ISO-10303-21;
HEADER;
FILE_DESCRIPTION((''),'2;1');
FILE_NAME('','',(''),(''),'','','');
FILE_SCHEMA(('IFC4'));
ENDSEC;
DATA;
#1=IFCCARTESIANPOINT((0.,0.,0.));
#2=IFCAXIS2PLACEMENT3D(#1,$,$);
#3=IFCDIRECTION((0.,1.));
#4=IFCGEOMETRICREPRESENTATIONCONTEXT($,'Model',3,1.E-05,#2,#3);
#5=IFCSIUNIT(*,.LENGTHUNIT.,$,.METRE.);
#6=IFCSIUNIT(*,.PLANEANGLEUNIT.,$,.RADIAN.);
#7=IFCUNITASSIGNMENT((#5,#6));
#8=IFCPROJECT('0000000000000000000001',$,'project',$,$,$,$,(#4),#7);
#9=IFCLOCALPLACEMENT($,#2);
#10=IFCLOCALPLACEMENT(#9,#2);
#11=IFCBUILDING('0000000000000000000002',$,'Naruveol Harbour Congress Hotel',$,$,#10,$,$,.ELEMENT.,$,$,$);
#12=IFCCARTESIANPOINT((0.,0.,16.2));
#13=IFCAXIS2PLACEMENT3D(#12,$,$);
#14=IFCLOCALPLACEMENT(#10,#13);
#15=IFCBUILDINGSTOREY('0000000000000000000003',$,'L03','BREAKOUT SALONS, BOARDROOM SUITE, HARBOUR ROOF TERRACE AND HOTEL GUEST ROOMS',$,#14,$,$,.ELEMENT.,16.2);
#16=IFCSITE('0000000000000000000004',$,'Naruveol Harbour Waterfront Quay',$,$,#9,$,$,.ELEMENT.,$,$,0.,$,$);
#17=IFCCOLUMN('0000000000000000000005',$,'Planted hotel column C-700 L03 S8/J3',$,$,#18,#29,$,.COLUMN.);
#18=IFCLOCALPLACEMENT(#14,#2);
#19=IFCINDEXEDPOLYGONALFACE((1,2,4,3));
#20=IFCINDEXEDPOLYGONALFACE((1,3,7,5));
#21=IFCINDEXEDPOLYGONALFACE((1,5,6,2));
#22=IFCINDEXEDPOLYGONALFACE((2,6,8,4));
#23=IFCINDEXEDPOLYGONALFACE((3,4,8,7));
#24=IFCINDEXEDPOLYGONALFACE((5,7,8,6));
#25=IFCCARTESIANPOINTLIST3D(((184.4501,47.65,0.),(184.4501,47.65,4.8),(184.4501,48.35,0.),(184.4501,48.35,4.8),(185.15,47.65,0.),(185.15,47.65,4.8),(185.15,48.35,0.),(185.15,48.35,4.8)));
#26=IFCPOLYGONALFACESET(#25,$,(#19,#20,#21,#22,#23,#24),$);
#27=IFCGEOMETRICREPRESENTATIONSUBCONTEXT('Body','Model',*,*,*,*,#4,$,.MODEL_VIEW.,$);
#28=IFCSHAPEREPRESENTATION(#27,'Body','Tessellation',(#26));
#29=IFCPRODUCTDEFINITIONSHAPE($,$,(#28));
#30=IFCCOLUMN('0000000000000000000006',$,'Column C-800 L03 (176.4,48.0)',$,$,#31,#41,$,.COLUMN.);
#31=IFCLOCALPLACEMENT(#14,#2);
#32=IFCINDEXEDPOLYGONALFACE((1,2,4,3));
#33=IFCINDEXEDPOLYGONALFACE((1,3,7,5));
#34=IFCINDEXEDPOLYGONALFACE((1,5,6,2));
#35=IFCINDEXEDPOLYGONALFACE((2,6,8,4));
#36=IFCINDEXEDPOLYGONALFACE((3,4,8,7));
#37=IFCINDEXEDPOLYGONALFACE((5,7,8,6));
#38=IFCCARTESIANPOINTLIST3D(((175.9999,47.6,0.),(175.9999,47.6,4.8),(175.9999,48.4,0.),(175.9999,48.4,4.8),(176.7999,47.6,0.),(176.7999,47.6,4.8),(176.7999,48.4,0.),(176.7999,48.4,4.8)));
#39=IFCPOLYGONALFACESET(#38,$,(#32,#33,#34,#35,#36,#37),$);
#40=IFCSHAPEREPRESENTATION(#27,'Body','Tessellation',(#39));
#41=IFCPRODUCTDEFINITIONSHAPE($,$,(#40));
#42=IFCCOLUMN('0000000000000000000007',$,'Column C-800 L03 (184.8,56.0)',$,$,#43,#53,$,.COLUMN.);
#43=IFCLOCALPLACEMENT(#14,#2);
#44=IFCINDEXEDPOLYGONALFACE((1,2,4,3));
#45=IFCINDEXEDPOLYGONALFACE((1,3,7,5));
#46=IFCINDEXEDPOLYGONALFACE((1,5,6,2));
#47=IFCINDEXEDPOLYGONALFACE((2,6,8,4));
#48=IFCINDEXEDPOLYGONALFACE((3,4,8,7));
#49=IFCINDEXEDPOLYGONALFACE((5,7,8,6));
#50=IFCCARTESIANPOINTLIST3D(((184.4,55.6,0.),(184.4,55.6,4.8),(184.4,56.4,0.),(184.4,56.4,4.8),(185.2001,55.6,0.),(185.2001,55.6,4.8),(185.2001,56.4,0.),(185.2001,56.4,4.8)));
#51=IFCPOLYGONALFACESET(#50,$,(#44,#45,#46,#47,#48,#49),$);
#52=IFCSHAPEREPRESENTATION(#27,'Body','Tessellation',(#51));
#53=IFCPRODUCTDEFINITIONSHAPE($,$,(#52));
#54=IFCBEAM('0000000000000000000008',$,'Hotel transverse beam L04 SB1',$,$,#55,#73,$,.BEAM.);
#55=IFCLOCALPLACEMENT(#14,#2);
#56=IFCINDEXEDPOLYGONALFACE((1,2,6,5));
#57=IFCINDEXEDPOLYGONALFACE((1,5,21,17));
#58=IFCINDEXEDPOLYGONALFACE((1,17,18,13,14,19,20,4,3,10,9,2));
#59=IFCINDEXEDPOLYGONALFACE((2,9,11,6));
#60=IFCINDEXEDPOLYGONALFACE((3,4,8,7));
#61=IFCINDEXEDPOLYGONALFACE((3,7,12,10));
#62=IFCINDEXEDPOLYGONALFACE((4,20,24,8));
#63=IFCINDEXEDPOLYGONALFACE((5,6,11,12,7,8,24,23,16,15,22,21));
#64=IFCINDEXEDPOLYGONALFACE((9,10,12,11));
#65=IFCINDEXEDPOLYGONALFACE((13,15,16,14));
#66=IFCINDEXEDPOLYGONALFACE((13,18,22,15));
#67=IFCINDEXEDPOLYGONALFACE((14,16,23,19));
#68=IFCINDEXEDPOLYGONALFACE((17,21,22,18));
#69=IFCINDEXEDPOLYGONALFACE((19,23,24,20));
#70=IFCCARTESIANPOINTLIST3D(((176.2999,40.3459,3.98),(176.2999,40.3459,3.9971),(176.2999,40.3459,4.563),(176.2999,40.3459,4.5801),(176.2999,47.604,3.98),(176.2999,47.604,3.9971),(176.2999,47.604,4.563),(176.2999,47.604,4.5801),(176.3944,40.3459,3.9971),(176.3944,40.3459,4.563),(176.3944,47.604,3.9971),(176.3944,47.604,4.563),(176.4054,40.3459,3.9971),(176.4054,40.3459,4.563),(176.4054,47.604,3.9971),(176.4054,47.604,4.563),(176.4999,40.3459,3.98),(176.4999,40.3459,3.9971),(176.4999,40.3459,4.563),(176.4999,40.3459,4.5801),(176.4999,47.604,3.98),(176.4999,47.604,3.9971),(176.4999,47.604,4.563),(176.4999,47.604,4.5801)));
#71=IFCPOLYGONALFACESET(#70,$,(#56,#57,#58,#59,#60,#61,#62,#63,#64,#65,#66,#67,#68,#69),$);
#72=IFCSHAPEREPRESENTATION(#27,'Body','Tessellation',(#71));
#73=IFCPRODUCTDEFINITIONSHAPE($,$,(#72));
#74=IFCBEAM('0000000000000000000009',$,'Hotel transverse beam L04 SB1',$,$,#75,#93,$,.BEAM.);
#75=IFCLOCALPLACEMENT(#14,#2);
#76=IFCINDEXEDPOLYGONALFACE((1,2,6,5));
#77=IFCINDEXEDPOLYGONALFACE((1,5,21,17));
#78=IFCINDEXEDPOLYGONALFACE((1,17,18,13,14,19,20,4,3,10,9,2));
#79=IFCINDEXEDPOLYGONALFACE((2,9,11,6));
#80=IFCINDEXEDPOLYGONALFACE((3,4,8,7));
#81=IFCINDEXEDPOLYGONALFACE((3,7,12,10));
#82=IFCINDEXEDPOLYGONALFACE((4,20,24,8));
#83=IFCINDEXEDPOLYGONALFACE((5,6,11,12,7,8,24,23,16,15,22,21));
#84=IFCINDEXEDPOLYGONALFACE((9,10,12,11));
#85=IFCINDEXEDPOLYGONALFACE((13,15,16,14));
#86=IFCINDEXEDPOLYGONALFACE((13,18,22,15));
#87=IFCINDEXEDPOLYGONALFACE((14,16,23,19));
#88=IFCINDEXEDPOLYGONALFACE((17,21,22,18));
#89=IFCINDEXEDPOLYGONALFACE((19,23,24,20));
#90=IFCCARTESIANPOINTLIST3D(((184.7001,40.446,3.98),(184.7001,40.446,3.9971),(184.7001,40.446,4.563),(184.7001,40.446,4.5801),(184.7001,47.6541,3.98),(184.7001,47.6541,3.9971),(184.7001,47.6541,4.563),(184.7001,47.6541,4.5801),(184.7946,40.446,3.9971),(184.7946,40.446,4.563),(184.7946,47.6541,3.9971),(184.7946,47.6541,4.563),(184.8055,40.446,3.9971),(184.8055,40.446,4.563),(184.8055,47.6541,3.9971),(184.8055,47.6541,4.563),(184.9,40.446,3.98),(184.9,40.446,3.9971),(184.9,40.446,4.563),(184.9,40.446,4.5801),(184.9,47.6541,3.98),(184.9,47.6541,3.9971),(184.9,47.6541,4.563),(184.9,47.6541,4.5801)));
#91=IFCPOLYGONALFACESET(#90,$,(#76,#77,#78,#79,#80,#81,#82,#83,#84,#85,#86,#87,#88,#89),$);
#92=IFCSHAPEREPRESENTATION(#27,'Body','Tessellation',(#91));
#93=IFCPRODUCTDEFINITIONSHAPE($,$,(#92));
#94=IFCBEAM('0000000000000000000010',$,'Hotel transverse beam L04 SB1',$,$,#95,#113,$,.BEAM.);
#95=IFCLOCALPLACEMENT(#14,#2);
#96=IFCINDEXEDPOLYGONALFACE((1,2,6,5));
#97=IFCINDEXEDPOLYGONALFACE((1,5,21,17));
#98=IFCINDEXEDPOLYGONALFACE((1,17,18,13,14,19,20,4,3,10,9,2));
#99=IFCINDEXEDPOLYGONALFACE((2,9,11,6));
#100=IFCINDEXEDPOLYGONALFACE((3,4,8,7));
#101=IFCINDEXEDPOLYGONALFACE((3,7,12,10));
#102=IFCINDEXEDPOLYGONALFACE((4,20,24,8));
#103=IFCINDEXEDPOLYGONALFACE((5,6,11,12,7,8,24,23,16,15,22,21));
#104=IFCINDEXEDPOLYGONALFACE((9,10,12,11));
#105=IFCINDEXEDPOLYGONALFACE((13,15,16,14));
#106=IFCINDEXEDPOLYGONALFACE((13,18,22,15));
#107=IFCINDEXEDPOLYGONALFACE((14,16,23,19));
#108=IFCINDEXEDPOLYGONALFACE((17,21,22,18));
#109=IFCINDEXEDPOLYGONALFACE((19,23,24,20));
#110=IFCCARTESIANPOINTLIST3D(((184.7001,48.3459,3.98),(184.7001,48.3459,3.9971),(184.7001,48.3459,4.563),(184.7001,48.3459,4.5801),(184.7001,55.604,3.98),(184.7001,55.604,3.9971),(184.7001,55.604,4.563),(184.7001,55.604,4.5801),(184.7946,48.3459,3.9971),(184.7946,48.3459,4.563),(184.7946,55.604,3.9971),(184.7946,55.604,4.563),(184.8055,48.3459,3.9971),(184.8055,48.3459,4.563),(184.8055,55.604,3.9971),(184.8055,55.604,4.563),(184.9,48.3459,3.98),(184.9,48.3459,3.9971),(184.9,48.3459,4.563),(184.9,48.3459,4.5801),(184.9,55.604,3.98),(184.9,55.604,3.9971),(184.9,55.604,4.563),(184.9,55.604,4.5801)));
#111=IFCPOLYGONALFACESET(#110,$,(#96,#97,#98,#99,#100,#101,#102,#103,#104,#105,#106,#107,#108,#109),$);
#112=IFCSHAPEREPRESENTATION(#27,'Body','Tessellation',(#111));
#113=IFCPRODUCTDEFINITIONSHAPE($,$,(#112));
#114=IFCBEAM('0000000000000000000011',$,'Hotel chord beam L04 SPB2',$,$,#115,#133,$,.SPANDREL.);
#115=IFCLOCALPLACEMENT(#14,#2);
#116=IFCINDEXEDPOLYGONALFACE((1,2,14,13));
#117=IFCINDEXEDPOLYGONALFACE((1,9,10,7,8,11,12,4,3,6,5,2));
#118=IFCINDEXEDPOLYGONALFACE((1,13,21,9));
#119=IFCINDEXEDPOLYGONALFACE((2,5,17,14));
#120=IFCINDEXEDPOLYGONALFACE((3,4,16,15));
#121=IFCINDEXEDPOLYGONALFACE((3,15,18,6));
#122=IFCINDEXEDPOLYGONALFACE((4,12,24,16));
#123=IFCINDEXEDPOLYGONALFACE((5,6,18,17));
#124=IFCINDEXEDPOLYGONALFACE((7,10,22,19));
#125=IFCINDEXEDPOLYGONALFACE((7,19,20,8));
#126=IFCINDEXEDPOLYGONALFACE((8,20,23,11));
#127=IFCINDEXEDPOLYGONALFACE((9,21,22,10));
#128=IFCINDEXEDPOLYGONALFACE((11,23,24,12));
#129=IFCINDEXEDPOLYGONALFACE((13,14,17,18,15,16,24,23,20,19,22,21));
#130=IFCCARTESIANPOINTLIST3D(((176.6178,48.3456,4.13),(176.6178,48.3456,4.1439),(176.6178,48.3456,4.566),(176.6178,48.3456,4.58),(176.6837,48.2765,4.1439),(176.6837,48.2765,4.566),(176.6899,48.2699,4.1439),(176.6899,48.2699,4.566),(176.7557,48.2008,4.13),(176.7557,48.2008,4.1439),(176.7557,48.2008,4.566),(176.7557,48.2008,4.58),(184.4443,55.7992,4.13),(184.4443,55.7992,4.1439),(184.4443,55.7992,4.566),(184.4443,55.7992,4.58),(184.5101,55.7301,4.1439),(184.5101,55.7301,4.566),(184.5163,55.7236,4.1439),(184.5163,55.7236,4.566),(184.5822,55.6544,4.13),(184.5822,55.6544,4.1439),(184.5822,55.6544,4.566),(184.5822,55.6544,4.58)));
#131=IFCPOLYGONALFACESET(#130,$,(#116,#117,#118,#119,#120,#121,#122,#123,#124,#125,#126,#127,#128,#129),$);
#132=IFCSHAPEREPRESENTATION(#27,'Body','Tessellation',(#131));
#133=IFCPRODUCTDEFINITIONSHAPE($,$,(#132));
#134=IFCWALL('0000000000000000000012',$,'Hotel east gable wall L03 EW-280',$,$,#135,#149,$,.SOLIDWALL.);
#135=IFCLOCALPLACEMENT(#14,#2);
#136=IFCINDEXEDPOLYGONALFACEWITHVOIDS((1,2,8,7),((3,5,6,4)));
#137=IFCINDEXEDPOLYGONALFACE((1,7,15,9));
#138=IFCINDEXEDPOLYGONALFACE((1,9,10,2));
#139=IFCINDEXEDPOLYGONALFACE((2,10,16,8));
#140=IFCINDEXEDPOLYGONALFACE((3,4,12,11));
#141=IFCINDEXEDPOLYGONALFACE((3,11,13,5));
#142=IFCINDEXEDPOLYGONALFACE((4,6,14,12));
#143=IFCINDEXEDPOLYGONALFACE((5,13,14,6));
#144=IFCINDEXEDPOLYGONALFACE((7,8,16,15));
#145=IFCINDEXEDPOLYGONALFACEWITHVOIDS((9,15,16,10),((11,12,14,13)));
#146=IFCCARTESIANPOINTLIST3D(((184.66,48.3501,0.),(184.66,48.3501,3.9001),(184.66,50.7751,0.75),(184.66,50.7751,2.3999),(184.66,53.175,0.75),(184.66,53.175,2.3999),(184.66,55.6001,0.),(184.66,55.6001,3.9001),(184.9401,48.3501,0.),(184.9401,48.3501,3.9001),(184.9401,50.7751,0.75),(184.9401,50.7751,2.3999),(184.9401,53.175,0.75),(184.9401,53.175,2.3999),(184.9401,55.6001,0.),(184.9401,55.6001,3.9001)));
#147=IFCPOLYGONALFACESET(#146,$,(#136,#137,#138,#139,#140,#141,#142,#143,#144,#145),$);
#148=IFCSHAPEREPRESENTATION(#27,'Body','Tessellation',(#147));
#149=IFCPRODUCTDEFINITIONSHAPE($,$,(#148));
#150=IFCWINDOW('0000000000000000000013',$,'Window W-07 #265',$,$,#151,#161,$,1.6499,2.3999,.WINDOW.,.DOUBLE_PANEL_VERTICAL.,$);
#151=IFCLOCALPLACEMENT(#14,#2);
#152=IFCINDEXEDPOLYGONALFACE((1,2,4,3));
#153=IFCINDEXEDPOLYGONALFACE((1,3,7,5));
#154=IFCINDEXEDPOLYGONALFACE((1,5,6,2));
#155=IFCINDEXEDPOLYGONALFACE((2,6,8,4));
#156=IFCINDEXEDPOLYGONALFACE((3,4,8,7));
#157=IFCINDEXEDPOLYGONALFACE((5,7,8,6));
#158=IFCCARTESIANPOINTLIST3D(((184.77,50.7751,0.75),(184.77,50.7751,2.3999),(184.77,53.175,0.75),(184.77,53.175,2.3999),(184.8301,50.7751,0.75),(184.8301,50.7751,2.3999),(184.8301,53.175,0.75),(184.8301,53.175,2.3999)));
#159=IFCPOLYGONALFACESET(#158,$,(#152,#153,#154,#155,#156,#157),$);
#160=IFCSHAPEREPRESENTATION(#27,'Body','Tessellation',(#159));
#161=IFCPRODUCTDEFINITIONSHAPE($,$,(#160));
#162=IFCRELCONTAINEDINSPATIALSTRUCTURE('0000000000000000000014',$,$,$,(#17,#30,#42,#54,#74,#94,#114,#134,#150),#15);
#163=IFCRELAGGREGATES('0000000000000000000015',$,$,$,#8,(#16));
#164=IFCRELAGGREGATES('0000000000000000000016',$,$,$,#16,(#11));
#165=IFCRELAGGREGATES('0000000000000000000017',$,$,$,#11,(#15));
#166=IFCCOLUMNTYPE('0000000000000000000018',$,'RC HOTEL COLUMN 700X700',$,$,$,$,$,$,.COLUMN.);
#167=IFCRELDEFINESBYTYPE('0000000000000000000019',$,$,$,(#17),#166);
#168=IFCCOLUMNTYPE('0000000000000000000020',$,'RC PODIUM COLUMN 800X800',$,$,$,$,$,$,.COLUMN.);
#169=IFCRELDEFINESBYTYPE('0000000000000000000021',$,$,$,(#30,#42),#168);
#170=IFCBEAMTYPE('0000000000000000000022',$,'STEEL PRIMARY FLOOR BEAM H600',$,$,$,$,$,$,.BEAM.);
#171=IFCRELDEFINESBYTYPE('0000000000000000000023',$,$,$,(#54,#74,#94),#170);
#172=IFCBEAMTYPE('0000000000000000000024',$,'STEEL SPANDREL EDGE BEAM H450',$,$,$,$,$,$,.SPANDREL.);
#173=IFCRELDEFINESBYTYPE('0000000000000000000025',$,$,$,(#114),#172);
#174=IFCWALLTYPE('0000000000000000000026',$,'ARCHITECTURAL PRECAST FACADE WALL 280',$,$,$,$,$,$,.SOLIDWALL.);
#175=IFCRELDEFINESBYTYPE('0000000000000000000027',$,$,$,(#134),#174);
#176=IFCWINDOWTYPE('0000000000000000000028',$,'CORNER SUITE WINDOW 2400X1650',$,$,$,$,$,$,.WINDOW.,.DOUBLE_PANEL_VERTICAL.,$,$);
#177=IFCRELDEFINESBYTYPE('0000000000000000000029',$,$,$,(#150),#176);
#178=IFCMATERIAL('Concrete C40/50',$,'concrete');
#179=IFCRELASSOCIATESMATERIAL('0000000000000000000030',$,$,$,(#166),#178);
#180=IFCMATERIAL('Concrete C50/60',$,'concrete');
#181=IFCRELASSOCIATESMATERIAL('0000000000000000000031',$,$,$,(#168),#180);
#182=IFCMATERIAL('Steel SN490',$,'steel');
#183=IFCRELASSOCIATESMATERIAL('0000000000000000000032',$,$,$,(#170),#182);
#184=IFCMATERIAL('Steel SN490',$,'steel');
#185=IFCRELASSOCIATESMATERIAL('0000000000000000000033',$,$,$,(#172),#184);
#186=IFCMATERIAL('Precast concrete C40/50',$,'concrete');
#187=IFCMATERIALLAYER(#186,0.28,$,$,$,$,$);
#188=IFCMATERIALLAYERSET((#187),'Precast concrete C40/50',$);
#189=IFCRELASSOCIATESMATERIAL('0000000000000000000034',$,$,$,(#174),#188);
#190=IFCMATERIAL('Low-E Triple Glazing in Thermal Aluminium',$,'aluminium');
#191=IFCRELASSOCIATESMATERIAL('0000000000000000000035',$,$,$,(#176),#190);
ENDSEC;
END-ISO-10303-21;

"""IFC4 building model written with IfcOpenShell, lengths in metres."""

from ifc_helpers import new_model, si_unit, direction, frame, frame_2d, origin, origin_2d, place, context, subcontext, project, spatial, rectangle, i_section, extrude, material, layer, layer_set, material_profile, profile_set, type_object, element, fill, save


model = new_model("IFC4")

# Units and contexts
model_context = context("Model", 3, precision=1e-05, world=origin(), true_north=direction((0.0, 1.0)))
body_context = subcontext(model_context, "Body", "Model", "MODEL_VIEW")
ifc_project = project(units=[si_unit("LENGTHUNIT", "METRE"), si_unit("PLANEANGLEUNIT", "RADIAN")], contexts=[model_context])

# Site, building, storey
site_placement = place(None, origin())
site = spatial("IfcSite", under=ifc_project, at=site_placement, Name="Naruveol Harbour Waterfront Quay", CompositionType="ELEMENT", RefElevation=0.0)
building_placement = place(site_placement, origin())
building = spatial("IfcBuilding", under=site, at=building_placement, Name="Naruveol Harbour Congress Hotel", CompositionType="ELEMENT")
storey_placement = place(building_placement, frame((0.0, 0.0, 16.2)))
storey = spatial("IfcBuildingStorey", under=building, at=storey_placement, Name="L03", Description="BREAKOUT SALONS, BOARDROOM SUITE, HARBOUR ROOF TERRACE AND HOTEL GUEST ROOMS", CompositionType="ELEMENT", Elevation=16.2)

# Columns
ifc_material_1 = material(Name="Concrete C40/50", Category="concrete")
ifc_material_profile_1 = material_profile(ifc_material_1, rectangle(XDim=0.7, YDim=0.7, at=origin_2d()), Name="RC-700x700")
ifc_profile_set_1 = profile_set([ifc_material_profile_1], Name="Concrete C40/50")
column_type_1 = type_object("IfcColumnType", Name="RC HOTEL COLUMN 700X700", PredefinedType="COLUMN", material=ifc_profile_set_1)
column_placement = place(storey_placement, frame((184.8, 48.0, 0.0), z_axis=(0.0, 0.0, 1.0), x_axis=(1.0, 0.0, 0.0)))
element("IfcColumn", 1, at=column_placement, inside=storey, type_object=column_type_1, Name="Planted hotel column C-700 L03 S8/J3", PredefinedType="COLUMN", context=body_context, shape_type="SweptSolid", body=[
    extrude(rectangle(XDim=0.7, YDim=0.7, at=origin_2d()), origin(), (0.0, 0.0, 1.0), 4.8),
])
ifc_material_2 = material(Name="Concrete C50/60", Category="concrete")
ifc_material_profile_2 = material_profile(ifc_material_2, rectangle(XDim=0.8, YDim=0.8, at=origin_2d()), Name="RC-800x800")
ifc_profile_set_2 = profile_set([ifc_material_profile_2], Name="Concrete C50/60")
column_type_2 = type_object("IfcColumnType", Name="RC PODIUM COLUMN 800X800", PredefinedType="COLUMN", material=ifc_profile_set_2)
for number, where, z_axis, x_axis, name in (
    (2, (176.3999, 48.0, 0.0), (0.0, 0.0, 1.0), (1.0, 0.0, 0.0), "Column C-800 L03 (176.4,48.0)"),
    (3, (184.8, 56.0, 0.0), (0.0, 0.0, 1.0), (1.0, 0.0, 0.0), "Column C-800 L03 (184.8,56.0)"),
):
    element("IfcColumn", number, at=place(storey_placement, frame(where, z_axis=z_axis, x_axis=x_axis)), inside=storey, type_object=column_type_2, Name=name, PredefinedType="COLUMN", context=body_context, shape_type="SweptSolid", body=[
        extrude(rectangle(XDim=0.8, YDim=0.8, at=origin_2d()), origin(), (0.0, 0.0, 1.0), 4.8),
    ])

# Beams
ifc_material_3 = material(Name="Steel SN490", Category="steel")
ifc_material_profile_3 = material_profile(ifc_material_3, i_section(OverallWidth=0.2, OverallDepth=0.6001, WebThickness=0.011, FlangeThickness=0.0171, at=origin_2d()), Name="H-600x200x11x17")
ifc_profile_set_3 = profile_set([ifc_material_profile_3], Name="Steel SN490")
beam_type_1 = type_object("IfcBeamType", Name="STEEL PRIMARY FLOOR BEAM H600", PredefinedType="BEAM", material=ifc_profile_set_3)
beam_1_placement = place(storey_placement, frame((176.3999, 40.3459, 4.28), z_axis=(0.0, 1.0, 0.0), x_axis=(-1.0, 0.0, 0.0)))
element("IfcBeam", 4, at=beam_1_placement, inside=storey, type_object=beam_type_1, Name="Hotel transverse beam L04 SB1", PredefinedType="BEAM", context=body_context, shape_type="SweptSolid", body=[
    extrude(i_section(OverallWidth=0.2, OverallDepth=0.6001, WebThickness=0.011, FlangeThickness=0.0171, at=origin_2d()), origin(), (0.0, 0.0, 1.0), 7.2581),
])
beam_2_placement = place(storey_placement, frame((184.8, 40.446, 4.28), z_axis=(0.0, 1.0, 0.0), x_axis=(-1.0, 0.0, 0.0)))
element("IfcBeam", 5, at=beam_2_placement, inside=storey, type_object=beam_type_1, Name="Hotel transverse beam L04 SB1", PredefinedType="BEAM", context=body_context, shape_type="SweptSolid", body=[
    extrude(i_section(OverallWidth=0.2, OverallDepth=0.6001, WebThickness=0.011, FlangeThickness=0.0171, at=origin_2d()), origin(), (0.0, 0.0, 1.0), 7.208),
])
beam_3_placement = place(storey_placement, frame((184.8, 48.3459, 4.28), z_axis=(0.0, 1.0, 0.0), x_axis=(-1.0, 0.0, 0.0)))
element("IfcBeam", 6, at=beam_3_placement, inside=storey, type_object=beam_type_1, Name="Hotel transverse beam L04 SB1", PredefinedType="BEAM", context=body_context, shape_type="SweptSolid", body=[
    extrude(i_section(OverallWidth=0.2, OverallDepth=0.6001, WebThickness=0.011, FlangeThickness=0.0171, at=origin_2d()), origin(), (0.0, 0.0, 1.0), 7.2581),
])
ifc_material_4 = material(Name="Steel SN490", Category="steel")
ifc_material_profile_4 = material_profile(ifc_material_4, i_section(OverallWidth=0.2, OverallDepth=0.45, WebThickness=0.009, FlangeThickness=0.0139, at=origin_2d()), Name="H-450x200x9x14")
ifc_profile_set_4 = profile_set([ifc_material_profile_4], Name="Steel SN490")
beam_type_2 = type_object("IfcBeamType", Name="STEEL SPANDREL EDGE BEAM H450", PredefinedType="SPANDREL", material=ifc_profile_set_4)
beam_4_placement = place(storey_placement, frame((176.6868, 48.2732, 4.355), z_axis=(0.724143, 0.68965, 0.0), x_axis=(-0.68965, 0.724143, 0.0)))
element("IfcBeam", 7, at=beam_4_placement, inside=storey, type_object=beam_type_2, Name="Hotel chord beam L04 SPB2", PredefinedType="SPANDREL", context=body_context, shape_type="SweptSolid", body=[
    extrude(i_section(OverallWidth=0.2, OverallDepth=0.45, WebThickness=0.009, FlangeThickness=0.0139, at=origin_2d()), origin(), (0.0, 0.0, 1.0), 10.8079),
])

# Wall, opening, window
ifc_material_5 = material(Name="Precast concrete C40/50", Category="concrete")
ifc_layer_1 = layer(ifc_material_5, 0.28)
ifc_layer_set_1 = layer_set([ifc_layer_1], Name="Precast concrete C40/50")
wall_type_1 = type_object("IfcWallType", Name="ARCHITECTURAL PRECAST FACADE WALL 280", PredefinedType="SOLIDWALL", material=ifc_layer_set_1)
wall_1_placement = place(storey_placement, frame((184.8, 55.6001, 0.0), z_axis=(0.0, 0.0, 1.0), x_axis=(0.0, -1.0, 0.0)))
wall_1 = element("IfcWall", 8, at=wall_1_placement, inside=storey, type_object=wall_type_1, Name="Hotel east gable wall L03 EW-280", PredefinedType="SOLIDWALL", context=body_context, shape_type="SweptSolid", body=[
    extrude(rectangle(XDim=7.25, YDim=0.28, at=frame_2d((3.625, 0.0))), origin(), (0.0, 0.0, 1.0), 3.9001),
])
opening_1_placement = place(wall_1_placement, frame((2.425, 0.0, 0.75)))
opening_1 = element("IfcOpeningElement", 9, at=opening_1_placement, cuts=wall_1, PredefinedType="OPENING", context=body_context, shape_type="SweptSolid", body=[
    extrude(rectangle(XDim=2.3999, YDim=1.6499, at=frame_2d((1.2, 0.825))), frame((0.0, 0.1499, 0.0), z_axis=(0.0, -1.0, 0.0), x_axis=(1.0, 0.0, 0.0)), (0.0, 0.0, 1.0), 0.3),
])
ifc_material_6 = material(Name="Low-E Triple Glazing in Thermal Aluminium", Category="aluminium")
window_type_1 = type_object("IfcWindowType", Name="CORNER SUITE WINDOW 2400X1650", PartitioningType="DOUBLE_PANEL_VERTICAL", PredefinedType="WINDOW", material=ifc_material_6)
window_1_placement = place(opening_1_placement, origin())
window_1 = element("IfcWindow", 10, at=window_1_placement, inside=storey, type_object=window_type_1, Name="Window W-07 #265", OverallHeight=1.6499, OverallWidth=2.3999, PartitioningType="DOUBLE_PANEL_VERTICAL", PredefinedType="WINDOW", context=body_context, shape_type="SweptSolid", body=[
    extrude(rectangle(XDim=2.3999, YDim=1.6499, at=frame_2d((1.2, 0.825))), frame((0.0, 0.03, 0.0), z_axis=(0.0, -1.0, 0.0), x_axis=(1.0, 0.0, 0.0)), (0.0, 0.0, 1.0), 0.0601),
])
fill(opening_1, window_1)

save(model, "model.ifc")
